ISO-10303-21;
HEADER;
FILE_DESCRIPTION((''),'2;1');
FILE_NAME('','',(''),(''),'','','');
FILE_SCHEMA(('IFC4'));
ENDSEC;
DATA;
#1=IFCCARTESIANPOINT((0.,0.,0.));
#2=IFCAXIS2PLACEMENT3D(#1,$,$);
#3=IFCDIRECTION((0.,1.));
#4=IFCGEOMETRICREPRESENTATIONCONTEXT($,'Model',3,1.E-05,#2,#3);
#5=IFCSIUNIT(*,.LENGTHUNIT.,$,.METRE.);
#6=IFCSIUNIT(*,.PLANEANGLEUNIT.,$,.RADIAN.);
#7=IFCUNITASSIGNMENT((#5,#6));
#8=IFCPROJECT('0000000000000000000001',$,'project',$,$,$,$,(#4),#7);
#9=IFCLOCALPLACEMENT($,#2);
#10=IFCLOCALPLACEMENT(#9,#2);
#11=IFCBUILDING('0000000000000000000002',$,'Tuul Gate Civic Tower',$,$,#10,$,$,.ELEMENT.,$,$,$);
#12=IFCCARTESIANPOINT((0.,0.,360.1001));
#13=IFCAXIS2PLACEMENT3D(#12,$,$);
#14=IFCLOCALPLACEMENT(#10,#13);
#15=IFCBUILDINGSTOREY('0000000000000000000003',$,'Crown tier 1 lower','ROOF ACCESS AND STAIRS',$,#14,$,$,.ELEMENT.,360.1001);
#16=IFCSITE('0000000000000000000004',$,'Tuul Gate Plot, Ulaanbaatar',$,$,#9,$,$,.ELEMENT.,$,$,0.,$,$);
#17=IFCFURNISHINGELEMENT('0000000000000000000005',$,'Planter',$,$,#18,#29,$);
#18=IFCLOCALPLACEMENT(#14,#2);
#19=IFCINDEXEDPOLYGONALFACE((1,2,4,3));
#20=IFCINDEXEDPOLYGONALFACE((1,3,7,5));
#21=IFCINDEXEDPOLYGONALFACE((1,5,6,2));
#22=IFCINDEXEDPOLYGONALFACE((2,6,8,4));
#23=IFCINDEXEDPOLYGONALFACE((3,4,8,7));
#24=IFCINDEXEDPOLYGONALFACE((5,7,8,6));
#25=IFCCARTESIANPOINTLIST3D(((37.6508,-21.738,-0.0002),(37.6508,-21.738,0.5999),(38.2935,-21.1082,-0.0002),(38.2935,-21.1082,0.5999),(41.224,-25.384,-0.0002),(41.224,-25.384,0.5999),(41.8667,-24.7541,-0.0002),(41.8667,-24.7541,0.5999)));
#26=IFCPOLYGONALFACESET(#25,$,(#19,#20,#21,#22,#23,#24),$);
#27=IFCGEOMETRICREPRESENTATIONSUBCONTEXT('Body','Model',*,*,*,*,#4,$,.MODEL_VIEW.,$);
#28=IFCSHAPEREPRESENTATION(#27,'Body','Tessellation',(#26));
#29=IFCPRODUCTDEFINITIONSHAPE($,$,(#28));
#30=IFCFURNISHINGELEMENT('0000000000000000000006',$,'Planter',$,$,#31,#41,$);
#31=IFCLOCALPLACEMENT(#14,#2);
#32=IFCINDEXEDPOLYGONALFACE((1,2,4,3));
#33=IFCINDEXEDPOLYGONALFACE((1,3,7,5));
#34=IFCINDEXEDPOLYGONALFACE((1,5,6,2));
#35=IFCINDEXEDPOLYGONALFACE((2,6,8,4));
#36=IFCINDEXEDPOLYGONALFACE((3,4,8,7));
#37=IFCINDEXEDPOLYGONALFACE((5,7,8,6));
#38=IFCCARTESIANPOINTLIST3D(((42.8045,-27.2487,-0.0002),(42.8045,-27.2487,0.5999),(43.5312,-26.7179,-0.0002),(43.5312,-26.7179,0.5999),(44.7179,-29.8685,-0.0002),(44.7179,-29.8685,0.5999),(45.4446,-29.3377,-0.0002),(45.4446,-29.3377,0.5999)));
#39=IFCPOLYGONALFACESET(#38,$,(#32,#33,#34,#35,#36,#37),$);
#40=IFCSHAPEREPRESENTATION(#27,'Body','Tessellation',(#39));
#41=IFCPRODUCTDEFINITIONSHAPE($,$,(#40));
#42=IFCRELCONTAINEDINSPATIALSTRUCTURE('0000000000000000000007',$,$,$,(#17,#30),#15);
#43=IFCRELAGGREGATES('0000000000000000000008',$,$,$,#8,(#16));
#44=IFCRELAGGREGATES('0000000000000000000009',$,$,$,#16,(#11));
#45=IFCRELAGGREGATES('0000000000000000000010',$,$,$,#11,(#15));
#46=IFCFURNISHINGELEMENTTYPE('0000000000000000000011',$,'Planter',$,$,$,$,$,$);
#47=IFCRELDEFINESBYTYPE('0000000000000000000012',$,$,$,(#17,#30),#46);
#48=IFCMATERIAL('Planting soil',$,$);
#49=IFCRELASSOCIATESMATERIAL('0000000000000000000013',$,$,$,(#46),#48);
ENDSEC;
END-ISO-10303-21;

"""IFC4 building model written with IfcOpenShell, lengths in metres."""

from ifc_helpers import new_model, si_unit, direction, frame, origin, origin_2d, place, context, subcontext, project, spatial, rectangle, extrude, material, type_object, element, save


model = new_model("IFC4")

# Units and contexts
model_context = context("Model", 3, precision=1e-05, world=origin(), true_north=direction((0.0, 1.0)))
body_context = subcontext(model_context, "Body", "Model", "MODEL_VIEW")
ifc_project = project(units=[si_unit("LENGTHUNIT", "METRE"), si_unit("PLANEANGLEUNIT", "RADIAN")], contexts=[model_context])

# Site, building, storey
site_placement = place(None, origin())
site = spatial("IfcSite", under=ifc_project, at=site_placement, Name="Tuul Gate Plot, Ulaanbaatar", CompositionType="ELEMENT", RefElevation=0.0)
building_placement = place(site_placement, origin())
building = spatial("IfcBuilding", under=site, at=building_placement, Name="Tuul Gate Civic Tower", CompositionType="ELEMENT")
storey_placement = place(building_placement, frame((0.0, 0.0, 360.1001)))
storey = spatial("IfcBuildingStorey", under=building, at=storey_placement, Name="Crown tier 1 lower", Description="ROOF ACCESS AND STAIRS", CompositionType="ELEMENT", Elevation=360.1001)

# Furnishing elements
ifc_material_1 = material(Name="Planting soil")
furnishing_element_type = type_object("IfcFurnishingElementType", Name="Planter", material=ifc_material_1)
furnishing_1_placement = place(storey_placement, frame((39.7588, -23.2461, -0.0002), z_axis=(0.0, 0.0, 1.0), x_axis=(0.699942, -0.7142, 0.0)))
element("IfcFurnishingElement", 1, at=furnishing_1_placement, inside=storey, type_object=furnishing_element_type, Name="Planter", context=body_context, shape_type="SweptSolid", body=[
    extrude(rectangle(XDim=5.105, YDim=0.8999, at=origin_2d()), origin(), (0.0, 0.0, 1.0), 0.6001),
])
furnishing_2_placement = place(storey_placement, frame((44.1245, -28.2932, -0.0002), z_axis=(0.0, 0.0, 1.0), x_axis=(0.589803, -0.807547, 0.0)))
element("IfcFurnishingElement", 2, at=furnishing_2_placement, inside=storey, type_object=furnishing_element_type, Name="Planter", context=body_context, shape_type="SweptSolid", body=[
    extrude(rectangle(XDim=3.2441, YDim=0.8999, at=origin_2d()), origin(), (0.0, 0.0, 1.0), 0.6001),
])

save(model, "model.ifc")
